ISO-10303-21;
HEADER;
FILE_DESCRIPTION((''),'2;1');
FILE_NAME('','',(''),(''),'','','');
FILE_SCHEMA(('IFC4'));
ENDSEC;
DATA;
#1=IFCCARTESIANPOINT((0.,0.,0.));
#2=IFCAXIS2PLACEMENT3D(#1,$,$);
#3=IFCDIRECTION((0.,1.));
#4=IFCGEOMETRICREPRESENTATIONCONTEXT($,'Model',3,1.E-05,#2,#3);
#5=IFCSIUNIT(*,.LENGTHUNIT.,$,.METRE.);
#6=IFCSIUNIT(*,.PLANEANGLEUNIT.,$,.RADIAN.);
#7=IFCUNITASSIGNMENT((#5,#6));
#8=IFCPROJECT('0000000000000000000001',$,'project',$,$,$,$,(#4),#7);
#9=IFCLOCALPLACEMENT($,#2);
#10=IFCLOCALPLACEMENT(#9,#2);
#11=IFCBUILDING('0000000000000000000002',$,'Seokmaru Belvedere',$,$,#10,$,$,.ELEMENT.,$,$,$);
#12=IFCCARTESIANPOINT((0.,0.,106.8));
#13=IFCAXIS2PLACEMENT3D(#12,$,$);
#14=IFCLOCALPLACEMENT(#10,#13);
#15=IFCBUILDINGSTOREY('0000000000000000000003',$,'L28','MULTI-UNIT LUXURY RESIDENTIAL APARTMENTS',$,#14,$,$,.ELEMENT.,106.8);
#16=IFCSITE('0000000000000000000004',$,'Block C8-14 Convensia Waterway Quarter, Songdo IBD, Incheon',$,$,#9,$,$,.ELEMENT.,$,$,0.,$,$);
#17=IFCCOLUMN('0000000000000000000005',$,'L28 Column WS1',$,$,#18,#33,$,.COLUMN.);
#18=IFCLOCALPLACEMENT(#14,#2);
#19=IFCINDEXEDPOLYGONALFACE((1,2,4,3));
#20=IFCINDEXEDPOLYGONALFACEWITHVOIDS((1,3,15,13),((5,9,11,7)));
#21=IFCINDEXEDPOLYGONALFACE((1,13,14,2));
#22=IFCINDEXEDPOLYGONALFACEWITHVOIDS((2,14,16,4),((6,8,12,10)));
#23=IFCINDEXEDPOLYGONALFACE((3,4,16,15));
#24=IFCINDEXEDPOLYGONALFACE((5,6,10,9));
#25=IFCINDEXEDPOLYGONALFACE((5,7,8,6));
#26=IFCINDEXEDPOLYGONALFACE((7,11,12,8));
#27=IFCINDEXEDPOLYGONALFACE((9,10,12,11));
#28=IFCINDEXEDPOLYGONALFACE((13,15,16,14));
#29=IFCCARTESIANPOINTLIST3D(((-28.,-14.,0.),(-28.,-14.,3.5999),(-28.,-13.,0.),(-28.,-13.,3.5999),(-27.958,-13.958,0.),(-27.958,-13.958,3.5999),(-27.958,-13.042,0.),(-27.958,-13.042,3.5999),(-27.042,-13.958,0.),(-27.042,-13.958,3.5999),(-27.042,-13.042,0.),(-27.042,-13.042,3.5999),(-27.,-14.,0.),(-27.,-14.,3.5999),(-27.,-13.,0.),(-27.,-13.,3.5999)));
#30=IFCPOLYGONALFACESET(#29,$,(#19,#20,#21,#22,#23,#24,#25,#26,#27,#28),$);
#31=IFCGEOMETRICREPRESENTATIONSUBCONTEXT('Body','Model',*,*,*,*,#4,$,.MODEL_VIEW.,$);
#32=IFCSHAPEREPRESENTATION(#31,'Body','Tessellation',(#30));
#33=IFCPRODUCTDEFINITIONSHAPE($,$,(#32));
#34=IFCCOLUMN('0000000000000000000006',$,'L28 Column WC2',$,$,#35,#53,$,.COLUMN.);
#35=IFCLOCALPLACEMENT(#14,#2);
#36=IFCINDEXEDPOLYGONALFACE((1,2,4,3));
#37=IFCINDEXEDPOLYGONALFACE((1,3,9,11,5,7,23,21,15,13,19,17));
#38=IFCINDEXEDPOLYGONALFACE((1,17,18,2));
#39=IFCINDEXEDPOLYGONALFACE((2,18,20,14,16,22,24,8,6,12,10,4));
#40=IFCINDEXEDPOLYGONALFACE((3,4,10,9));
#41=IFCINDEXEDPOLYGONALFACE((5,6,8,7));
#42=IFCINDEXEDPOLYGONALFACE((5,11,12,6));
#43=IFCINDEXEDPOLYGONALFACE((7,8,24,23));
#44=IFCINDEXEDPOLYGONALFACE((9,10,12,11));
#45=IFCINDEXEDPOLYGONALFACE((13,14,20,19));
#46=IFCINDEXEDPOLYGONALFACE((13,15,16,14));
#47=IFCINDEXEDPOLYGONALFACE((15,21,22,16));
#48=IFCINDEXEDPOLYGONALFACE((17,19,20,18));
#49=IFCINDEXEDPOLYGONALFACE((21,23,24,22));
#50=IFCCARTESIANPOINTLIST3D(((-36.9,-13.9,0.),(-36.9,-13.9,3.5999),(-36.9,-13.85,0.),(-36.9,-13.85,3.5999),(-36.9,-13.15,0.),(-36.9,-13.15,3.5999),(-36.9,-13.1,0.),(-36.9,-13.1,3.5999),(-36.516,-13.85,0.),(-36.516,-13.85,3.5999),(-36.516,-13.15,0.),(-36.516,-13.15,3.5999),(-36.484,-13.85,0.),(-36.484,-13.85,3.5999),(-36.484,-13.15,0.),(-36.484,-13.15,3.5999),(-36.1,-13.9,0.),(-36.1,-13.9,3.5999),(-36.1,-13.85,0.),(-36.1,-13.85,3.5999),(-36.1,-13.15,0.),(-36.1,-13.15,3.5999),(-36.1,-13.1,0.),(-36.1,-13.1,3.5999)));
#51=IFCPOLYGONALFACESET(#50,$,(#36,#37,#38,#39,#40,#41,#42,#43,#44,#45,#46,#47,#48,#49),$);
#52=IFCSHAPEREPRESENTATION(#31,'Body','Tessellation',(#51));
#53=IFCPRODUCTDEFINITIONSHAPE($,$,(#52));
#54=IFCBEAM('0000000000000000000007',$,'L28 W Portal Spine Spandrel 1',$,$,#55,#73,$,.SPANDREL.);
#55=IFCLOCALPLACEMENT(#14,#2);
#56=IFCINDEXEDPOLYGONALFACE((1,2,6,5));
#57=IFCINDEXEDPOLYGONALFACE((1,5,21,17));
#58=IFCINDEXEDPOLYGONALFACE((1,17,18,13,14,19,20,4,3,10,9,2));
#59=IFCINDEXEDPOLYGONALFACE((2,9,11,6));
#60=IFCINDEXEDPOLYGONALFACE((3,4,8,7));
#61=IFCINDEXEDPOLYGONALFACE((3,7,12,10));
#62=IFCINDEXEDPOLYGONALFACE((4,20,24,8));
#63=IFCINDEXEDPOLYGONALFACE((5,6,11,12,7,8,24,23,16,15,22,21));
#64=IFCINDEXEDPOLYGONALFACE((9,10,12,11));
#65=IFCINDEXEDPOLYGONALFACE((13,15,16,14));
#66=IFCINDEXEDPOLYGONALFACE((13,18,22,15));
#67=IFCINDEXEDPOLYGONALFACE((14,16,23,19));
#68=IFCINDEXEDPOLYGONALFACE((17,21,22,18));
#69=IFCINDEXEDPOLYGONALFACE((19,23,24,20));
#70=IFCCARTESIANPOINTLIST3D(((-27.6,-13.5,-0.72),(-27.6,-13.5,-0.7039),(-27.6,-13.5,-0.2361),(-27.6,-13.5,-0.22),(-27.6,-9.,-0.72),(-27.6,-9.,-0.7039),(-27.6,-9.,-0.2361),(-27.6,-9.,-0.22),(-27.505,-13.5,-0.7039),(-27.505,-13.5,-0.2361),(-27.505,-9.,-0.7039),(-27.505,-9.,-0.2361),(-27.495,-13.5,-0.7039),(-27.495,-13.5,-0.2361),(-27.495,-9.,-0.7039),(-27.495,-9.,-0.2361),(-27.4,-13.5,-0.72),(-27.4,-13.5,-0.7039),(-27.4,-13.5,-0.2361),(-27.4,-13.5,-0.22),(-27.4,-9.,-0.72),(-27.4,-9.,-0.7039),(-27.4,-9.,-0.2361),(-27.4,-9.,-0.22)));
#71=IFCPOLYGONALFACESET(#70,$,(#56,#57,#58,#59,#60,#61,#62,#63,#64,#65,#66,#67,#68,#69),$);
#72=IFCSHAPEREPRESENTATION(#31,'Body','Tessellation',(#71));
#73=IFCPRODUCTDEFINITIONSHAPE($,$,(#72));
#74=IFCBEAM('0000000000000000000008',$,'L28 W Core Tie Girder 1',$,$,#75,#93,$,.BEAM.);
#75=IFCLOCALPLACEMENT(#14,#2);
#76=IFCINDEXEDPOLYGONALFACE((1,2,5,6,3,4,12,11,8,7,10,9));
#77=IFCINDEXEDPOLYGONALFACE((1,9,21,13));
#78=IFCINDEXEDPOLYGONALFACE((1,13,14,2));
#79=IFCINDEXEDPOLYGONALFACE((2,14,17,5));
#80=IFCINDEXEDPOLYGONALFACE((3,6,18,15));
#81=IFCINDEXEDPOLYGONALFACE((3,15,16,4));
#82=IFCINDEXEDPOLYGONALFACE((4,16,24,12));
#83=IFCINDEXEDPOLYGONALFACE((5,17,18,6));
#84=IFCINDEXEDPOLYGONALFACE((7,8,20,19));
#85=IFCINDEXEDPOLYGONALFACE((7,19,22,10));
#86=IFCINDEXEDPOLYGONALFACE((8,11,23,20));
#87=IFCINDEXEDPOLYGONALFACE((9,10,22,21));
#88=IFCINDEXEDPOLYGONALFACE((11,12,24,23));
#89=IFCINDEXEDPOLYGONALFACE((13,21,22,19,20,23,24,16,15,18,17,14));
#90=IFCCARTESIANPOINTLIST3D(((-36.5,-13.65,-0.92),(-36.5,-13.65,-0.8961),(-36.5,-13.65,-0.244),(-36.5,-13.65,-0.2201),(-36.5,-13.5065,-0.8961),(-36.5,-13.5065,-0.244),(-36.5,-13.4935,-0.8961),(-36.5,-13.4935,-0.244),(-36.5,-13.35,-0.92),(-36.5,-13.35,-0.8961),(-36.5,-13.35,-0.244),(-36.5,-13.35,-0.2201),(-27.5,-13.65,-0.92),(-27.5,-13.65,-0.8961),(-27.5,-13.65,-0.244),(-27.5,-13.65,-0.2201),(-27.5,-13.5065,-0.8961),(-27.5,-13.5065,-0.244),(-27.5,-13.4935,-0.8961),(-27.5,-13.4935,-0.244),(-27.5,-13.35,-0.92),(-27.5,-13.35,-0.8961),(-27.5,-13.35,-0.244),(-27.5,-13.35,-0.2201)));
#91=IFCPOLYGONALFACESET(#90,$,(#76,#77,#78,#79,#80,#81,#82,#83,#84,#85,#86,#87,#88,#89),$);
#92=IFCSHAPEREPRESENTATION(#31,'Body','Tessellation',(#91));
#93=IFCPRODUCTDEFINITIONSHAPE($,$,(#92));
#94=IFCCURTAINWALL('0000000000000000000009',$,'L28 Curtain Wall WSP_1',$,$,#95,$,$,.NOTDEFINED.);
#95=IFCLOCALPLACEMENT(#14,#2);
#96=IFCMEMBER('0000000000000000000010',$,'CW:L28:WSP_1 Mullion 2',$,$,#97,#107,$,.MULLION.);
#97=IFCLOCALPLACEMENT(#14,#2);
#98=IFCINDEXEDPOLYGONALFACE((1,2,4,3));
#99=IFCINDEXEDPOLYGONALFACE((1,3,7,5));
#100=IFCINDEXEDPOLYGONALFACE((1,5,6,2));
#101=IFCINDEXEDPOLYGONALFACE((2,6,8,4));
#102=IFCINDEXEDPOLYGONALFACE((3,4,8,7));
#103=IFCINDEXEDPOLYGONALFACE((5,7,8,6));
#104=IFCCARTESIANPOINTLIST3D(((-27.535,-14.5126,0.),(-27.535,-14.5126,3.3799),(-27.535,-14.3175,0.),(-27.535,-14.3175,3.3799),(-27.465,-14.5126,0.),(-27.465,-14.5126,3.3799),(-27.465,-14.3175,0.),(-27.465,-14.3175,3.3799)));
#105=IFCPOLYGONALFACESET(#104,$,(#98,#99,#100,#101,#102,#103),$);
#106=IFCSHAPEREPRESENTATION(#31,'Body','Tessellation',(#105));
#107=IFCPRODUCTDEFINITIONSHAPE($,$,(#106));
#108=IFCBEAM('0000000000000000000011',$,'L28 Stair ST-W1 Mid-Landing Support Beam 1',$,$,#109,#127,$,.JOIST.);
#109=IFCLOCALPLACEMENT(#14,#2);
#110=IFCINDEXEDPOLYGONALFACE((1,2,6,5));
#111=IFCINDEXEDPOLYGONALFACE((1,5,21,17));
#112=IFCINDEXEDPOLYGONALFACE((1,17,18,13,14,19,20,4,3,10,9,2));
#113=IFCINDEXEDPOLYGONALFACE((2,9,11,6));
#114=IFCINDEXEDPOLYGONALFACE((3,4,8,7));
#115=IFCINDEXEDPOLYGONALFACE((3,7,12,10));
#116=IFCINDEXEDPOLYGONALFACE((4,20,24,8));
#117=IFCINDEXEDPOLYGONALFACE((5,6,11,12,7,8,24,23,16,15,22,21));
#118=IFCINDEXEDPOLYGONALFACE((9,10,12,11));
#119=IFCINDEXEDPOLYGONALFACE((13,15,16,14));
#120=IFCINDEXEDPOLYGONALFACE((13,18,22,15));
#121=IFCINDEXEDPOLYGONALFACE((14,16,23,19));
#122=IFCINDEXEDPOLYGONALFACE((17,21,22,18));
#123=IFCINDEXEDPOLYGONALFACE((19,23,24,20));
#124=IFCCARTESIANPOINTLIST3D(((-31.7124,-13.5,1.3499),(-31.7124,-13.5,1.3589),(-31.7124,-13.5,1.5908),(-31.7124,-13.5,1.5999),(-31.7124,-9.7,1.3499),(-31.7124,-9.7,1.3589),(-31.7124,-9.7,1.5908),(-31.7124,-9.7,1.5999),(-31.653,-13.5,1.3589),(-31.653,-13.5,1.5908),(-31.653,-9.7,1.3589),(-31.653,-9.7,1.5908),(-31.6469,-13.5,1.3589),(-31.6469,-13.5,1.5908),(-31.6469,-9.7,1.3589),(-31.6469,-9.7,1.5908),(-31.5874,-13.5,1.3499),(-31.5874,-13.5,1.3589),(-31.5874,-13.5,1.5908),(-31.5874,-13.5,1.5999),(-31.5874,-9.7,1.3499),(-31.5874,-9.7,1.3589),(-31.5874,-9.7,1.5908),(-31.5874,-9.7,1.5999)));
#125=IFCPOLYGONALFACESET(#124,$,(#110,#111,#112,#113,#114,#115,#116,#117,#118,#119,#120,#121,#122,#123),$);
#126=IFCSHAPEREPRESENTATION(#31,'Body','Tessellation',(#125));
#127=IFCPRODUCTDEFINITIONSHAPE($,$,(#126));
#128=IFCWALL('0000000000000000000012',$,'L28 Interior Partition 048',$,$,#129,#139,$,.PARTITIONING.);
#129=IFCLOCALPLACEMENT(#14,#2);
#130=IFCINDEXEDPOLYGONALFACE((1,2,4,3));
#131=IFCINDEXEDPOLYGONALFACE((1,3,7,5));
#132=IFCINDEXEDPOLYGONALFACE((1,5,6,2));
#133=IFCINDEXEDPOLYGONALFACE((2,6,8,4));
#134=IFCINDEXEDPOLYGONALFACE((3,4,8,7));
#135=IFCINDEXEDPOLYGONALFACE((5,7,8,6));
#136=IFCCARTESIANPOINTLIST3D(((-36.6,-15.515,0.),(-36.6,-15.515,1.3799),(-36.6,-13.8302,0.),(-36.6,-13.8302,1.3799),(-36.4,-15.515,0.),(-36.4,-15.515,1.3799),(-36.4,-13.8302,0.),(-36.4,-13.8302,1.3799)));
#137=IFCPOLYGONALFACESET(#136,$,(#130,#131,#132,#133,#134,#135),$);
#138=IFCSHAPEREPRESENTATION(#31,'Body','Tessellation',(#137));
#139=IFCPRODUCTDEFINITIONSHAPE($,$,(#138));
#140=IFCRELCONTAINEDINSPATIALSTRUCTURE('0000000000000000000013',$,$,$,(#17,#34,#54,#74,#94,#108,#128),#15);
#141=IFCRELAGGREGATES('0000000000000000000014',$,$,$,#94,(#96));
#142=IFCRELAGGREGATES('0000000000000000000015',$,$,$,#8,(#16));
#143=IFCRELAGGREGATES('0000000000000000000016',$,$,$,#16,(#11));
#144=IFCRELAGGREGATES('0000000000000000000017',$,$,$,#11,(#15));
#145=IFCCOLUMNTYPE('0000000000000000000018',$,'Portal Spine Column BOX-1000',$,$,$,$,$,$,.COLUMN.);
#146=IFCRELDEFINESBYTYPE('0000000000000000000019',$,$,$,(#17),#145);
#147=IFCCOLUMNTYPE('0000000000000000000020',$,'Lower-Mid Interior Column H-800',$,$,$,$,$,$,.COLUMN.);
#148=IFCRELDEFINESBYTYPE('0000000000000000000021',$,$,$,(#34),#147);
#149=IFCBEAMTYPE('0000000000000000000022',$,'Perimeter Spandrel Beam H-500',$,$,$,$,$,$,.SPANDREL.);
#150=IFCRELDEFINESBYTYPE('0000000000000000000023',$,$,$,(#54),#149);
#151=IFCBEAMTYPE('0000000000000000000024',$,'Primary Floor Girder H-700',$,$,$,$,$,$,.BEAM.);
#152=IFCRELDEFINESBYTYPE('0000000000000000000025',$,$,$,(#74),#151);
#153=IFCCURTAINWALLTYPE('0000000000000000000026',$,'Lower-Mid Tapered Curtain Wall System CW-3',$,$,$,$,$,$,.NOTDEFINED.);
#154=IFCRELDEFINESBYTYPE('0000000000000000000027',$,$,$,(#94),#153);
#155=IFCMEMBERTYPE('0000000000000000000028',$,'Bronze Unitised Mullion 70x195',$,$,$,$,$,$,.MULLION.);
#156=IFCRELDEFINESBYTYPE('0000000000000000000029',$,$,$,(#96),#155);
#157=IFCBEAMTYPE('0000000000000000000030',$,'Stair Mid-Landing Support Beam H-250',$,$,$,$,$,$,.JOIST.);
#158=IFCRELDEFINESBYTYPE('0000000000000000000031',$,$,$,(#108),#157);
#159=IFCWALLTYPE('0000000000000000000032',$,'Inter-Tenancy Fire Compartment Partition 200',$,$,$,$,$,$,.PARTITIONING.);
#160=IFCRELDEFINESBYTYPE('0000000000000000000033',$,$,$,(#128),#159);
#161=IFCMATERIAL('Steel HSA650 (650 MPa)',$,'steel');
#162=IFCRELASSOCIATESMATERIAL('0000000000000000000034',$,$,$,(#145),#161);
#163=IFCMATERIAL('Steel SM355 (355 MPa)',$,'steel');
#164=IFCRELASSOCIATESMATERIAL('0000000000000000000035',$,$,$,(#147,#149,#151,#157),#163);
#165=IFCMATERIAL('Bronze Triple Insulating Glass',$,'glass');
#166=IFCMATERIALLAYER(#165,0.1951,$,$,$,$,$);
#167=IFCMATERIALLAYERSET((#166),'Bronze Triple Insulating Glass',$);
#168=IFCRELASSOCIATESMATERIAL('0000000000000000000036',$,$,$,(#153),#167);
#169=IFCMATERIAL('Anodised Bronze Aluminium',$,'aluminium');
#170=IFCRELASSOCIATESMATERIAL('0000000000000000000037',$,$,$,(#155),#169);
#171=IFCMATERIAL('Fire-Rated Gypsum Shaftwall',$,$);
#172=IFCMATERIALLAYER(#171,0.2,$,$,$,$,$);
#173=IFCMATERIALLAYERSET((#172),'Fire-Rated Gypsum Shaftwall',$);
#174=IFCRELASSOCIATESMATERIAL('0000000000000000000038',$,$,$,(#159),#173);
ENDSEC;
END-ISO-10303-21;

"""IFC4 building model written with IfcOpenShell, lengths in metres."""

from ifc_helpers import new_model, si_unit, direction, frame, frame_2d, origin, origin_2d, place, context, subcontext, project, spatial, rectangle, hollow_rectangle, i_section, extrude, source, transform, mapped, material, layer, layer_set, material_profile, profile_set, type_object, type_shapes, element, aggregate, save


model = new_model("IFC4")

# Units and contexts
model_context = context("Model", 3, precision=1e-05, world=origin(), true_north=direction((0.0, 1.0)))
body_context = subcontext(model_context, "Body", "Model", "MODEL_VIEW")
ifc_project = project(units=[si_unit("LENGTHUNIT", "METRE"), si_unit("PLANEANGLEUNIT", "RADIAN")], contexts=[model_context])

# Site, building, storey
site_placement = place(None, origin())
site = spatial("IfcSite", under=ifc_project, at=site_placement, Name="Block C8-14 Convensia Waterway Quarter, Songdo IBD, Incheon", CompositionType="ELEMENT", RefElevation=0.0)
building_placement = place(site_placement, origin())
building = spatial("IfcBuilding", under=site, at=building_placement, Name="Seokmaru Belvedere", CompositionType="ELEMENT")
storey_placement = place(building_placement, frame((0.0, 0.0, 106.8)))
storey = spatial("IfcBuildingStorey", under=building, at=storey_placement, Name="L28", Description="MULTI-UNIT LUXURY RESIDENTIAL APARTMENTS", CompositionType="ELEMENT", Elevation=106.8)

# Columns
ifc_material_1 = material(Name="Steel HSA650 (650 MPa)", Category="steel")
ifc_material_profile_1 = material_profile(ifc_material_1, hollow_rectangle(XDim=1.0, YDim=1.0, WallThickness=0.042, at=origin_2d()), Name="BOX-1000x1000x42")
ifc_profile_set_1 = profile_set([ifc_material_profile_1], Name="Steel HSA650 (650 MPa)")
column_type_1 = type_object("IfcColumnType", Name="Portal Spine Column BOX-1000", PredefinedType="COLUMN", material=ifc_profile_set_1)
shared_shape_1 = source(origin(), body_context, "Body", "SweptSolid", [
    extrude(hollow_rectangle(XDim=1.0, YDim=1.0, WallThickness=0.042, at=origin_2d()), origin(), (0.0, 0.0, 1.0), 3.5999),
])
type_shapes(column_type_1, [shared_shape_1])
column_1_placement = place(storey_placement, frame((-27.5, -13.5, 0.0), z_axis=(0.0, 0.0, 1.0), x_axis=(1.0, 0.0, 0.0)))
element("IfcColumn", 1, at=column_1_placement, inside=storey, type_object=column_type_1, Name="L28 Column WS1", PredefinedType="COLUMN", context=body_context, shape_type="MappedRepresentation", body=[
    mapped(shared_shape_1, transform((0.0, 0.0, 0.0), scale=1.0)),
])
ifc_material_2 = material(Name="Steel SM355 (355 MPa)", Category="steel")
ifc_material_profile_2 = material_profile(ifc_material_2, i_section(OverallWidth=0.8, OverallDepth=0.8, WebThickness=0.032, FlangeThickness=0.05, at=origin_2d()), Name="H-800x800x32x50")
ifc_profile_set_2 = profile_set([ifc_material_profile_2], Name="Steel SM355 (355 MPa)")
column_type_2 = type_object("IfcColumnType", Name="Lower-Mid Interior Column H-800", PredefinedType="COLUMN", material=ifc_profile_set_2)
shared_shape_2 = source(origin(), body_context, "Body", "SweptSolid", [
    extrude(i_section(OverallWidth=0.8, OverallDepth=0.8, WebThickness=0.032, FlangeThickness=0.05, at=origin_2d()), origin(), (0.0, 0.0, 1.0), 3.5999),
])
type_shapes(column_type_2, [shared_shape_2])
column_2_placement = place(storey_placement, frame((-36.5, -13.5, 0.0), z_axis=(0.0, 0.0, 1.0), x_axis=(1.0, 0.0, 0.0)))
element("IfcColumn", 2, at=column_2_placement, inside=storey, type_object=column_type_2, Name="L28 Column WC2", PredefinedType="COLUMN", context=body_context, shape_type="MappedRepresentation", body=[
    mapped(shared_shape_2, transform((0.0, 0.0, 0.0), scale=1.0)),
])

# Beams
ifc_material_profile_3 = material_profile(ifc_material_2, i_section(OverallWidth=0.2, OverallDepth=0.5, WebThickness=0.01, FlangeThickness=0.0161, at=origin_2d()), Name="H-500x200x10x16")
ifc_profile_set_3 = profile_set([ifc_material_profile_3], Name="Steel SM355 (355 MPa)")
beam_type_1 = type_object("IfcBeamType", Name="Perimeter Spandrel Beam H-500", PredefinedType="SPANDREL", material=ifc_profile_set_3)
shared_shape_3 = source(origin(), body_context, "Body", "SweptSolid", [
    extrude(i_section(OverallWidth=0.2, OverallDepth=0.5, WebThickness=0.01, FlangeThickness=0.0161, at=origin_2d()), origin(), (0.0, 0.0, 1.0), 4.5),
])
type_shapes(beam_type_1, [shared_shape_3])
beam_1_placement = place(storey_placement, frame((-27.5, -13.5, -0.47), z_axis=(0.0, 1.0, 0.0), x_axis=(-1.0, 0.0, 0.0)))
element("IfcBeam", 3, at=beam_1_placement, inside=storey, type_object=beam_type_1, Name="L28 W Portal Spine Spandrel 1", PredefinedType="SPANDREL", context=body_context, shape_type="MappedRepresentation", body=[
    mapped(shared_shape_3, transform((0.0, 0.0, 0.0), scale=1.0)),
])
ifc_material_profile_4 = material_profile(ifc_material_2, i_section(OverallWidth=0.3, OverallDepth=0.7, WebThickness=0.0129, FlangeThickness=0.0239, at=origin_2d()), Name="H-700x300x13x24")
ifc_profile_set_4 = profile_set([ifc_material_profile_4], Name="Steel SM355 (355 MPa)")
beam_type_2 = type_object("IfcBeamType", Name="Primary Floor Girder H-700", PredefinedType="BEAM", material=ifc_profile_set_4)
shared_shape_4 = source(origin(), body_context, "Body", "SweptSolid", [
    extrude(i_section(OverallWidth=0.3, OverallDepth=0.7, WebThickness=0.0129, FlangeThickness=0.0239, at=origin_2d()), origin(), (0.0, 0.0, 1.0), 9.0),
])
type_shapes(beam_type_2, [shared_shape_4])
beam_2_placement = place(storey_placement, frame((-36.5, -13.5, -0.5701), z_axis=(1.0, 0.0, 0.0), x_axis=(0.0, 1.0, 0.0)))
element("IfcBeam", 4, at=beam_2_placement, inside=storey, type_object=beam_type_2, Name="L28 W Core Tie Girder 1", PredefinedType="BEAM", context=body_context, shape_type="MappedRepresentation", body=[
    mapped(shared_shape_4, transform((0.0, 0.0, 0.0), scale=1.0)),
])

# Curtain wall, member
ifc_material_3 = material(Name="Bronze Triple Insulating Glass", Category="glass")
ifc_layer_1 = layer(ifc_material_3, 0.1951)
ifc_layer_set_1 = layer_set([ifc_layer_1], Name="Bronze Triple Insulating Glass")
curtain_wall_type = type_object("IfcCurtainWallType", Name="Lower-Mid Tapered Curtain Wall System CW-3", PredefinedType="NOTDEFINED", material=ifc_layer_set_1)
curtain_wall_placement = place(storey_placement, origin())
curtain_wall = element("IfcCurtainWall", 5, at=curtain_wall_placement, inside=storey, type_object=curtain_wall_type, Name="L28 Curtain Wall WSP_1", PredefinedType="NOTDEFINED")
ifc_material_4 = material(Name="Anodised Bronze Aluminium", Category="aluminium")
ifc_material_profile_5 = material_profile(ifc_material_4, rectangle(XDim=0.0701, YDim=0.1951, at=origin_2d()), Name="CW-M-70x195")
ifc_profile_set_5 = profile_set([ifc_material_profile_5], Name="Anodised Bronze Aluminium")
member_type = type_object("IfcMemberType", Name="Bronze Unitised Mullion 70x195", PredefinedType="MULLION", material=ifc_profile_set_5)
shared_shape_5 = source(origin(), body_context, "Body", "SweptSolid", [
    extrude(rectangle(XDim=0.0701, YDim=0.1951, at=origin_2d()), origin(), (0.0, 0.0, 1.0), 3.3799),
])
type_shapes(member_type, [shared_shape_5])
member_placement = place(storey_placement, frame((-27.5, -14.415, 0.0), z_axis=(0.0, 0.0, 1.0), x_axis=(-1.0, 0.0, 0.0)))
member = element("IfcMember", 6, at=member_placement, type_object=member_type, Name="CW:L28:WSP_1 Mullion 2", PredefinedType="MULLION", context=body_context, shape_type="MappedRepresentation", body=[
    mapped(shared_shape_5, transform((0.0, 0.0, 0.0), scale=1.0)),
])
aggregate(curtain_wall, [member])

# Beam
ifc_material_profile_6 = material_profile(ifc_material_2, i_section(OverallWidth=0.125, OverallDepth=0.25, WebThickness=0.0061, FlangeThickness=0.009, at=origin_2d()), Name="H-250x125x6x9")
ifc_profile_set_6 = profile_set([ifc_material_profile_6], Name="Steel SM355 (355 MPa)")
beam_type_3 = type_object("IfcBeamType", Name="Stair Mid-Landing Support Beam H-250", PredefinedType="JOIST", material=ifc_profile_set_6)
shared_shape_6 = source(origin(), body_context, "Body", "SweptSolid", [
    extrude(i_section(OverallWidth=0.125, OverallDepth=0.25, WebThickness=0.0061, FlangeThickness=0.009, at=origin_2d()), origin(), (0.0, 0.0, 1.0), 3.8),
])
type_shapes(beam_type_3, [shared_shape_6])
beam_3_placement = place(storey_placement, frame((-31.6499, -13.5, 1.4749), z_axis=(0.0, 1.0, 0.0), x_axis=(-1.0, 0.0, 0.0)))
element("IfcBeam", 7, at=beam_3_placement, inside=storey, type_object=beam_type_3, Name="L28 Stair ST-W1 Mid-Landing Support Beam 1", PredefinedType="JOIST", context=body_context, shape_type="MappedRepresentation", body=[
    mapped(shared_shape_6, transform((0.0, 0.0, 0.0), scale=1.0)),
])

# Wall
ifc_material_5 = material(Name="Fire-Rated Gypsum Shaftwall")
ifc_layer_2 = layer(ifc_material_5, 0.2)
ifc_layer_set_2 = layer_set([ifc_layer_2], Name="Fire-Rated Gypsum Shaftwall")
wall_type_1 = type_object("IfcWallType", Name="Inter-Tenancy Fire Compartment Partition 200", PredefinedType="PARTITIONING", material=ifc_layer_set_2)
wall_1_placement = place(storey_placement, frame((-36.5, -15.5149, 0.0), z_axis=(0.0, 0.0, 1.0), x_axis=(0.0, 1.0, 0.0)))
element("IfcWall", 8, at=wall_1_placement, inside=storey, type_object=wall_type_1, Name="L28 Interior Partition 048", PredefinedType="PARTITIONING", context=body_context, shape_type="SweptSolid", body=[
    extrude(rectangle(XDim=1.6848, YDim=0.2, at=frame_2d((0.8423, 0.0))), origin(), (0.0, 0.0, 1.0), 1.3799),
])

save(model, "model.ifc")
